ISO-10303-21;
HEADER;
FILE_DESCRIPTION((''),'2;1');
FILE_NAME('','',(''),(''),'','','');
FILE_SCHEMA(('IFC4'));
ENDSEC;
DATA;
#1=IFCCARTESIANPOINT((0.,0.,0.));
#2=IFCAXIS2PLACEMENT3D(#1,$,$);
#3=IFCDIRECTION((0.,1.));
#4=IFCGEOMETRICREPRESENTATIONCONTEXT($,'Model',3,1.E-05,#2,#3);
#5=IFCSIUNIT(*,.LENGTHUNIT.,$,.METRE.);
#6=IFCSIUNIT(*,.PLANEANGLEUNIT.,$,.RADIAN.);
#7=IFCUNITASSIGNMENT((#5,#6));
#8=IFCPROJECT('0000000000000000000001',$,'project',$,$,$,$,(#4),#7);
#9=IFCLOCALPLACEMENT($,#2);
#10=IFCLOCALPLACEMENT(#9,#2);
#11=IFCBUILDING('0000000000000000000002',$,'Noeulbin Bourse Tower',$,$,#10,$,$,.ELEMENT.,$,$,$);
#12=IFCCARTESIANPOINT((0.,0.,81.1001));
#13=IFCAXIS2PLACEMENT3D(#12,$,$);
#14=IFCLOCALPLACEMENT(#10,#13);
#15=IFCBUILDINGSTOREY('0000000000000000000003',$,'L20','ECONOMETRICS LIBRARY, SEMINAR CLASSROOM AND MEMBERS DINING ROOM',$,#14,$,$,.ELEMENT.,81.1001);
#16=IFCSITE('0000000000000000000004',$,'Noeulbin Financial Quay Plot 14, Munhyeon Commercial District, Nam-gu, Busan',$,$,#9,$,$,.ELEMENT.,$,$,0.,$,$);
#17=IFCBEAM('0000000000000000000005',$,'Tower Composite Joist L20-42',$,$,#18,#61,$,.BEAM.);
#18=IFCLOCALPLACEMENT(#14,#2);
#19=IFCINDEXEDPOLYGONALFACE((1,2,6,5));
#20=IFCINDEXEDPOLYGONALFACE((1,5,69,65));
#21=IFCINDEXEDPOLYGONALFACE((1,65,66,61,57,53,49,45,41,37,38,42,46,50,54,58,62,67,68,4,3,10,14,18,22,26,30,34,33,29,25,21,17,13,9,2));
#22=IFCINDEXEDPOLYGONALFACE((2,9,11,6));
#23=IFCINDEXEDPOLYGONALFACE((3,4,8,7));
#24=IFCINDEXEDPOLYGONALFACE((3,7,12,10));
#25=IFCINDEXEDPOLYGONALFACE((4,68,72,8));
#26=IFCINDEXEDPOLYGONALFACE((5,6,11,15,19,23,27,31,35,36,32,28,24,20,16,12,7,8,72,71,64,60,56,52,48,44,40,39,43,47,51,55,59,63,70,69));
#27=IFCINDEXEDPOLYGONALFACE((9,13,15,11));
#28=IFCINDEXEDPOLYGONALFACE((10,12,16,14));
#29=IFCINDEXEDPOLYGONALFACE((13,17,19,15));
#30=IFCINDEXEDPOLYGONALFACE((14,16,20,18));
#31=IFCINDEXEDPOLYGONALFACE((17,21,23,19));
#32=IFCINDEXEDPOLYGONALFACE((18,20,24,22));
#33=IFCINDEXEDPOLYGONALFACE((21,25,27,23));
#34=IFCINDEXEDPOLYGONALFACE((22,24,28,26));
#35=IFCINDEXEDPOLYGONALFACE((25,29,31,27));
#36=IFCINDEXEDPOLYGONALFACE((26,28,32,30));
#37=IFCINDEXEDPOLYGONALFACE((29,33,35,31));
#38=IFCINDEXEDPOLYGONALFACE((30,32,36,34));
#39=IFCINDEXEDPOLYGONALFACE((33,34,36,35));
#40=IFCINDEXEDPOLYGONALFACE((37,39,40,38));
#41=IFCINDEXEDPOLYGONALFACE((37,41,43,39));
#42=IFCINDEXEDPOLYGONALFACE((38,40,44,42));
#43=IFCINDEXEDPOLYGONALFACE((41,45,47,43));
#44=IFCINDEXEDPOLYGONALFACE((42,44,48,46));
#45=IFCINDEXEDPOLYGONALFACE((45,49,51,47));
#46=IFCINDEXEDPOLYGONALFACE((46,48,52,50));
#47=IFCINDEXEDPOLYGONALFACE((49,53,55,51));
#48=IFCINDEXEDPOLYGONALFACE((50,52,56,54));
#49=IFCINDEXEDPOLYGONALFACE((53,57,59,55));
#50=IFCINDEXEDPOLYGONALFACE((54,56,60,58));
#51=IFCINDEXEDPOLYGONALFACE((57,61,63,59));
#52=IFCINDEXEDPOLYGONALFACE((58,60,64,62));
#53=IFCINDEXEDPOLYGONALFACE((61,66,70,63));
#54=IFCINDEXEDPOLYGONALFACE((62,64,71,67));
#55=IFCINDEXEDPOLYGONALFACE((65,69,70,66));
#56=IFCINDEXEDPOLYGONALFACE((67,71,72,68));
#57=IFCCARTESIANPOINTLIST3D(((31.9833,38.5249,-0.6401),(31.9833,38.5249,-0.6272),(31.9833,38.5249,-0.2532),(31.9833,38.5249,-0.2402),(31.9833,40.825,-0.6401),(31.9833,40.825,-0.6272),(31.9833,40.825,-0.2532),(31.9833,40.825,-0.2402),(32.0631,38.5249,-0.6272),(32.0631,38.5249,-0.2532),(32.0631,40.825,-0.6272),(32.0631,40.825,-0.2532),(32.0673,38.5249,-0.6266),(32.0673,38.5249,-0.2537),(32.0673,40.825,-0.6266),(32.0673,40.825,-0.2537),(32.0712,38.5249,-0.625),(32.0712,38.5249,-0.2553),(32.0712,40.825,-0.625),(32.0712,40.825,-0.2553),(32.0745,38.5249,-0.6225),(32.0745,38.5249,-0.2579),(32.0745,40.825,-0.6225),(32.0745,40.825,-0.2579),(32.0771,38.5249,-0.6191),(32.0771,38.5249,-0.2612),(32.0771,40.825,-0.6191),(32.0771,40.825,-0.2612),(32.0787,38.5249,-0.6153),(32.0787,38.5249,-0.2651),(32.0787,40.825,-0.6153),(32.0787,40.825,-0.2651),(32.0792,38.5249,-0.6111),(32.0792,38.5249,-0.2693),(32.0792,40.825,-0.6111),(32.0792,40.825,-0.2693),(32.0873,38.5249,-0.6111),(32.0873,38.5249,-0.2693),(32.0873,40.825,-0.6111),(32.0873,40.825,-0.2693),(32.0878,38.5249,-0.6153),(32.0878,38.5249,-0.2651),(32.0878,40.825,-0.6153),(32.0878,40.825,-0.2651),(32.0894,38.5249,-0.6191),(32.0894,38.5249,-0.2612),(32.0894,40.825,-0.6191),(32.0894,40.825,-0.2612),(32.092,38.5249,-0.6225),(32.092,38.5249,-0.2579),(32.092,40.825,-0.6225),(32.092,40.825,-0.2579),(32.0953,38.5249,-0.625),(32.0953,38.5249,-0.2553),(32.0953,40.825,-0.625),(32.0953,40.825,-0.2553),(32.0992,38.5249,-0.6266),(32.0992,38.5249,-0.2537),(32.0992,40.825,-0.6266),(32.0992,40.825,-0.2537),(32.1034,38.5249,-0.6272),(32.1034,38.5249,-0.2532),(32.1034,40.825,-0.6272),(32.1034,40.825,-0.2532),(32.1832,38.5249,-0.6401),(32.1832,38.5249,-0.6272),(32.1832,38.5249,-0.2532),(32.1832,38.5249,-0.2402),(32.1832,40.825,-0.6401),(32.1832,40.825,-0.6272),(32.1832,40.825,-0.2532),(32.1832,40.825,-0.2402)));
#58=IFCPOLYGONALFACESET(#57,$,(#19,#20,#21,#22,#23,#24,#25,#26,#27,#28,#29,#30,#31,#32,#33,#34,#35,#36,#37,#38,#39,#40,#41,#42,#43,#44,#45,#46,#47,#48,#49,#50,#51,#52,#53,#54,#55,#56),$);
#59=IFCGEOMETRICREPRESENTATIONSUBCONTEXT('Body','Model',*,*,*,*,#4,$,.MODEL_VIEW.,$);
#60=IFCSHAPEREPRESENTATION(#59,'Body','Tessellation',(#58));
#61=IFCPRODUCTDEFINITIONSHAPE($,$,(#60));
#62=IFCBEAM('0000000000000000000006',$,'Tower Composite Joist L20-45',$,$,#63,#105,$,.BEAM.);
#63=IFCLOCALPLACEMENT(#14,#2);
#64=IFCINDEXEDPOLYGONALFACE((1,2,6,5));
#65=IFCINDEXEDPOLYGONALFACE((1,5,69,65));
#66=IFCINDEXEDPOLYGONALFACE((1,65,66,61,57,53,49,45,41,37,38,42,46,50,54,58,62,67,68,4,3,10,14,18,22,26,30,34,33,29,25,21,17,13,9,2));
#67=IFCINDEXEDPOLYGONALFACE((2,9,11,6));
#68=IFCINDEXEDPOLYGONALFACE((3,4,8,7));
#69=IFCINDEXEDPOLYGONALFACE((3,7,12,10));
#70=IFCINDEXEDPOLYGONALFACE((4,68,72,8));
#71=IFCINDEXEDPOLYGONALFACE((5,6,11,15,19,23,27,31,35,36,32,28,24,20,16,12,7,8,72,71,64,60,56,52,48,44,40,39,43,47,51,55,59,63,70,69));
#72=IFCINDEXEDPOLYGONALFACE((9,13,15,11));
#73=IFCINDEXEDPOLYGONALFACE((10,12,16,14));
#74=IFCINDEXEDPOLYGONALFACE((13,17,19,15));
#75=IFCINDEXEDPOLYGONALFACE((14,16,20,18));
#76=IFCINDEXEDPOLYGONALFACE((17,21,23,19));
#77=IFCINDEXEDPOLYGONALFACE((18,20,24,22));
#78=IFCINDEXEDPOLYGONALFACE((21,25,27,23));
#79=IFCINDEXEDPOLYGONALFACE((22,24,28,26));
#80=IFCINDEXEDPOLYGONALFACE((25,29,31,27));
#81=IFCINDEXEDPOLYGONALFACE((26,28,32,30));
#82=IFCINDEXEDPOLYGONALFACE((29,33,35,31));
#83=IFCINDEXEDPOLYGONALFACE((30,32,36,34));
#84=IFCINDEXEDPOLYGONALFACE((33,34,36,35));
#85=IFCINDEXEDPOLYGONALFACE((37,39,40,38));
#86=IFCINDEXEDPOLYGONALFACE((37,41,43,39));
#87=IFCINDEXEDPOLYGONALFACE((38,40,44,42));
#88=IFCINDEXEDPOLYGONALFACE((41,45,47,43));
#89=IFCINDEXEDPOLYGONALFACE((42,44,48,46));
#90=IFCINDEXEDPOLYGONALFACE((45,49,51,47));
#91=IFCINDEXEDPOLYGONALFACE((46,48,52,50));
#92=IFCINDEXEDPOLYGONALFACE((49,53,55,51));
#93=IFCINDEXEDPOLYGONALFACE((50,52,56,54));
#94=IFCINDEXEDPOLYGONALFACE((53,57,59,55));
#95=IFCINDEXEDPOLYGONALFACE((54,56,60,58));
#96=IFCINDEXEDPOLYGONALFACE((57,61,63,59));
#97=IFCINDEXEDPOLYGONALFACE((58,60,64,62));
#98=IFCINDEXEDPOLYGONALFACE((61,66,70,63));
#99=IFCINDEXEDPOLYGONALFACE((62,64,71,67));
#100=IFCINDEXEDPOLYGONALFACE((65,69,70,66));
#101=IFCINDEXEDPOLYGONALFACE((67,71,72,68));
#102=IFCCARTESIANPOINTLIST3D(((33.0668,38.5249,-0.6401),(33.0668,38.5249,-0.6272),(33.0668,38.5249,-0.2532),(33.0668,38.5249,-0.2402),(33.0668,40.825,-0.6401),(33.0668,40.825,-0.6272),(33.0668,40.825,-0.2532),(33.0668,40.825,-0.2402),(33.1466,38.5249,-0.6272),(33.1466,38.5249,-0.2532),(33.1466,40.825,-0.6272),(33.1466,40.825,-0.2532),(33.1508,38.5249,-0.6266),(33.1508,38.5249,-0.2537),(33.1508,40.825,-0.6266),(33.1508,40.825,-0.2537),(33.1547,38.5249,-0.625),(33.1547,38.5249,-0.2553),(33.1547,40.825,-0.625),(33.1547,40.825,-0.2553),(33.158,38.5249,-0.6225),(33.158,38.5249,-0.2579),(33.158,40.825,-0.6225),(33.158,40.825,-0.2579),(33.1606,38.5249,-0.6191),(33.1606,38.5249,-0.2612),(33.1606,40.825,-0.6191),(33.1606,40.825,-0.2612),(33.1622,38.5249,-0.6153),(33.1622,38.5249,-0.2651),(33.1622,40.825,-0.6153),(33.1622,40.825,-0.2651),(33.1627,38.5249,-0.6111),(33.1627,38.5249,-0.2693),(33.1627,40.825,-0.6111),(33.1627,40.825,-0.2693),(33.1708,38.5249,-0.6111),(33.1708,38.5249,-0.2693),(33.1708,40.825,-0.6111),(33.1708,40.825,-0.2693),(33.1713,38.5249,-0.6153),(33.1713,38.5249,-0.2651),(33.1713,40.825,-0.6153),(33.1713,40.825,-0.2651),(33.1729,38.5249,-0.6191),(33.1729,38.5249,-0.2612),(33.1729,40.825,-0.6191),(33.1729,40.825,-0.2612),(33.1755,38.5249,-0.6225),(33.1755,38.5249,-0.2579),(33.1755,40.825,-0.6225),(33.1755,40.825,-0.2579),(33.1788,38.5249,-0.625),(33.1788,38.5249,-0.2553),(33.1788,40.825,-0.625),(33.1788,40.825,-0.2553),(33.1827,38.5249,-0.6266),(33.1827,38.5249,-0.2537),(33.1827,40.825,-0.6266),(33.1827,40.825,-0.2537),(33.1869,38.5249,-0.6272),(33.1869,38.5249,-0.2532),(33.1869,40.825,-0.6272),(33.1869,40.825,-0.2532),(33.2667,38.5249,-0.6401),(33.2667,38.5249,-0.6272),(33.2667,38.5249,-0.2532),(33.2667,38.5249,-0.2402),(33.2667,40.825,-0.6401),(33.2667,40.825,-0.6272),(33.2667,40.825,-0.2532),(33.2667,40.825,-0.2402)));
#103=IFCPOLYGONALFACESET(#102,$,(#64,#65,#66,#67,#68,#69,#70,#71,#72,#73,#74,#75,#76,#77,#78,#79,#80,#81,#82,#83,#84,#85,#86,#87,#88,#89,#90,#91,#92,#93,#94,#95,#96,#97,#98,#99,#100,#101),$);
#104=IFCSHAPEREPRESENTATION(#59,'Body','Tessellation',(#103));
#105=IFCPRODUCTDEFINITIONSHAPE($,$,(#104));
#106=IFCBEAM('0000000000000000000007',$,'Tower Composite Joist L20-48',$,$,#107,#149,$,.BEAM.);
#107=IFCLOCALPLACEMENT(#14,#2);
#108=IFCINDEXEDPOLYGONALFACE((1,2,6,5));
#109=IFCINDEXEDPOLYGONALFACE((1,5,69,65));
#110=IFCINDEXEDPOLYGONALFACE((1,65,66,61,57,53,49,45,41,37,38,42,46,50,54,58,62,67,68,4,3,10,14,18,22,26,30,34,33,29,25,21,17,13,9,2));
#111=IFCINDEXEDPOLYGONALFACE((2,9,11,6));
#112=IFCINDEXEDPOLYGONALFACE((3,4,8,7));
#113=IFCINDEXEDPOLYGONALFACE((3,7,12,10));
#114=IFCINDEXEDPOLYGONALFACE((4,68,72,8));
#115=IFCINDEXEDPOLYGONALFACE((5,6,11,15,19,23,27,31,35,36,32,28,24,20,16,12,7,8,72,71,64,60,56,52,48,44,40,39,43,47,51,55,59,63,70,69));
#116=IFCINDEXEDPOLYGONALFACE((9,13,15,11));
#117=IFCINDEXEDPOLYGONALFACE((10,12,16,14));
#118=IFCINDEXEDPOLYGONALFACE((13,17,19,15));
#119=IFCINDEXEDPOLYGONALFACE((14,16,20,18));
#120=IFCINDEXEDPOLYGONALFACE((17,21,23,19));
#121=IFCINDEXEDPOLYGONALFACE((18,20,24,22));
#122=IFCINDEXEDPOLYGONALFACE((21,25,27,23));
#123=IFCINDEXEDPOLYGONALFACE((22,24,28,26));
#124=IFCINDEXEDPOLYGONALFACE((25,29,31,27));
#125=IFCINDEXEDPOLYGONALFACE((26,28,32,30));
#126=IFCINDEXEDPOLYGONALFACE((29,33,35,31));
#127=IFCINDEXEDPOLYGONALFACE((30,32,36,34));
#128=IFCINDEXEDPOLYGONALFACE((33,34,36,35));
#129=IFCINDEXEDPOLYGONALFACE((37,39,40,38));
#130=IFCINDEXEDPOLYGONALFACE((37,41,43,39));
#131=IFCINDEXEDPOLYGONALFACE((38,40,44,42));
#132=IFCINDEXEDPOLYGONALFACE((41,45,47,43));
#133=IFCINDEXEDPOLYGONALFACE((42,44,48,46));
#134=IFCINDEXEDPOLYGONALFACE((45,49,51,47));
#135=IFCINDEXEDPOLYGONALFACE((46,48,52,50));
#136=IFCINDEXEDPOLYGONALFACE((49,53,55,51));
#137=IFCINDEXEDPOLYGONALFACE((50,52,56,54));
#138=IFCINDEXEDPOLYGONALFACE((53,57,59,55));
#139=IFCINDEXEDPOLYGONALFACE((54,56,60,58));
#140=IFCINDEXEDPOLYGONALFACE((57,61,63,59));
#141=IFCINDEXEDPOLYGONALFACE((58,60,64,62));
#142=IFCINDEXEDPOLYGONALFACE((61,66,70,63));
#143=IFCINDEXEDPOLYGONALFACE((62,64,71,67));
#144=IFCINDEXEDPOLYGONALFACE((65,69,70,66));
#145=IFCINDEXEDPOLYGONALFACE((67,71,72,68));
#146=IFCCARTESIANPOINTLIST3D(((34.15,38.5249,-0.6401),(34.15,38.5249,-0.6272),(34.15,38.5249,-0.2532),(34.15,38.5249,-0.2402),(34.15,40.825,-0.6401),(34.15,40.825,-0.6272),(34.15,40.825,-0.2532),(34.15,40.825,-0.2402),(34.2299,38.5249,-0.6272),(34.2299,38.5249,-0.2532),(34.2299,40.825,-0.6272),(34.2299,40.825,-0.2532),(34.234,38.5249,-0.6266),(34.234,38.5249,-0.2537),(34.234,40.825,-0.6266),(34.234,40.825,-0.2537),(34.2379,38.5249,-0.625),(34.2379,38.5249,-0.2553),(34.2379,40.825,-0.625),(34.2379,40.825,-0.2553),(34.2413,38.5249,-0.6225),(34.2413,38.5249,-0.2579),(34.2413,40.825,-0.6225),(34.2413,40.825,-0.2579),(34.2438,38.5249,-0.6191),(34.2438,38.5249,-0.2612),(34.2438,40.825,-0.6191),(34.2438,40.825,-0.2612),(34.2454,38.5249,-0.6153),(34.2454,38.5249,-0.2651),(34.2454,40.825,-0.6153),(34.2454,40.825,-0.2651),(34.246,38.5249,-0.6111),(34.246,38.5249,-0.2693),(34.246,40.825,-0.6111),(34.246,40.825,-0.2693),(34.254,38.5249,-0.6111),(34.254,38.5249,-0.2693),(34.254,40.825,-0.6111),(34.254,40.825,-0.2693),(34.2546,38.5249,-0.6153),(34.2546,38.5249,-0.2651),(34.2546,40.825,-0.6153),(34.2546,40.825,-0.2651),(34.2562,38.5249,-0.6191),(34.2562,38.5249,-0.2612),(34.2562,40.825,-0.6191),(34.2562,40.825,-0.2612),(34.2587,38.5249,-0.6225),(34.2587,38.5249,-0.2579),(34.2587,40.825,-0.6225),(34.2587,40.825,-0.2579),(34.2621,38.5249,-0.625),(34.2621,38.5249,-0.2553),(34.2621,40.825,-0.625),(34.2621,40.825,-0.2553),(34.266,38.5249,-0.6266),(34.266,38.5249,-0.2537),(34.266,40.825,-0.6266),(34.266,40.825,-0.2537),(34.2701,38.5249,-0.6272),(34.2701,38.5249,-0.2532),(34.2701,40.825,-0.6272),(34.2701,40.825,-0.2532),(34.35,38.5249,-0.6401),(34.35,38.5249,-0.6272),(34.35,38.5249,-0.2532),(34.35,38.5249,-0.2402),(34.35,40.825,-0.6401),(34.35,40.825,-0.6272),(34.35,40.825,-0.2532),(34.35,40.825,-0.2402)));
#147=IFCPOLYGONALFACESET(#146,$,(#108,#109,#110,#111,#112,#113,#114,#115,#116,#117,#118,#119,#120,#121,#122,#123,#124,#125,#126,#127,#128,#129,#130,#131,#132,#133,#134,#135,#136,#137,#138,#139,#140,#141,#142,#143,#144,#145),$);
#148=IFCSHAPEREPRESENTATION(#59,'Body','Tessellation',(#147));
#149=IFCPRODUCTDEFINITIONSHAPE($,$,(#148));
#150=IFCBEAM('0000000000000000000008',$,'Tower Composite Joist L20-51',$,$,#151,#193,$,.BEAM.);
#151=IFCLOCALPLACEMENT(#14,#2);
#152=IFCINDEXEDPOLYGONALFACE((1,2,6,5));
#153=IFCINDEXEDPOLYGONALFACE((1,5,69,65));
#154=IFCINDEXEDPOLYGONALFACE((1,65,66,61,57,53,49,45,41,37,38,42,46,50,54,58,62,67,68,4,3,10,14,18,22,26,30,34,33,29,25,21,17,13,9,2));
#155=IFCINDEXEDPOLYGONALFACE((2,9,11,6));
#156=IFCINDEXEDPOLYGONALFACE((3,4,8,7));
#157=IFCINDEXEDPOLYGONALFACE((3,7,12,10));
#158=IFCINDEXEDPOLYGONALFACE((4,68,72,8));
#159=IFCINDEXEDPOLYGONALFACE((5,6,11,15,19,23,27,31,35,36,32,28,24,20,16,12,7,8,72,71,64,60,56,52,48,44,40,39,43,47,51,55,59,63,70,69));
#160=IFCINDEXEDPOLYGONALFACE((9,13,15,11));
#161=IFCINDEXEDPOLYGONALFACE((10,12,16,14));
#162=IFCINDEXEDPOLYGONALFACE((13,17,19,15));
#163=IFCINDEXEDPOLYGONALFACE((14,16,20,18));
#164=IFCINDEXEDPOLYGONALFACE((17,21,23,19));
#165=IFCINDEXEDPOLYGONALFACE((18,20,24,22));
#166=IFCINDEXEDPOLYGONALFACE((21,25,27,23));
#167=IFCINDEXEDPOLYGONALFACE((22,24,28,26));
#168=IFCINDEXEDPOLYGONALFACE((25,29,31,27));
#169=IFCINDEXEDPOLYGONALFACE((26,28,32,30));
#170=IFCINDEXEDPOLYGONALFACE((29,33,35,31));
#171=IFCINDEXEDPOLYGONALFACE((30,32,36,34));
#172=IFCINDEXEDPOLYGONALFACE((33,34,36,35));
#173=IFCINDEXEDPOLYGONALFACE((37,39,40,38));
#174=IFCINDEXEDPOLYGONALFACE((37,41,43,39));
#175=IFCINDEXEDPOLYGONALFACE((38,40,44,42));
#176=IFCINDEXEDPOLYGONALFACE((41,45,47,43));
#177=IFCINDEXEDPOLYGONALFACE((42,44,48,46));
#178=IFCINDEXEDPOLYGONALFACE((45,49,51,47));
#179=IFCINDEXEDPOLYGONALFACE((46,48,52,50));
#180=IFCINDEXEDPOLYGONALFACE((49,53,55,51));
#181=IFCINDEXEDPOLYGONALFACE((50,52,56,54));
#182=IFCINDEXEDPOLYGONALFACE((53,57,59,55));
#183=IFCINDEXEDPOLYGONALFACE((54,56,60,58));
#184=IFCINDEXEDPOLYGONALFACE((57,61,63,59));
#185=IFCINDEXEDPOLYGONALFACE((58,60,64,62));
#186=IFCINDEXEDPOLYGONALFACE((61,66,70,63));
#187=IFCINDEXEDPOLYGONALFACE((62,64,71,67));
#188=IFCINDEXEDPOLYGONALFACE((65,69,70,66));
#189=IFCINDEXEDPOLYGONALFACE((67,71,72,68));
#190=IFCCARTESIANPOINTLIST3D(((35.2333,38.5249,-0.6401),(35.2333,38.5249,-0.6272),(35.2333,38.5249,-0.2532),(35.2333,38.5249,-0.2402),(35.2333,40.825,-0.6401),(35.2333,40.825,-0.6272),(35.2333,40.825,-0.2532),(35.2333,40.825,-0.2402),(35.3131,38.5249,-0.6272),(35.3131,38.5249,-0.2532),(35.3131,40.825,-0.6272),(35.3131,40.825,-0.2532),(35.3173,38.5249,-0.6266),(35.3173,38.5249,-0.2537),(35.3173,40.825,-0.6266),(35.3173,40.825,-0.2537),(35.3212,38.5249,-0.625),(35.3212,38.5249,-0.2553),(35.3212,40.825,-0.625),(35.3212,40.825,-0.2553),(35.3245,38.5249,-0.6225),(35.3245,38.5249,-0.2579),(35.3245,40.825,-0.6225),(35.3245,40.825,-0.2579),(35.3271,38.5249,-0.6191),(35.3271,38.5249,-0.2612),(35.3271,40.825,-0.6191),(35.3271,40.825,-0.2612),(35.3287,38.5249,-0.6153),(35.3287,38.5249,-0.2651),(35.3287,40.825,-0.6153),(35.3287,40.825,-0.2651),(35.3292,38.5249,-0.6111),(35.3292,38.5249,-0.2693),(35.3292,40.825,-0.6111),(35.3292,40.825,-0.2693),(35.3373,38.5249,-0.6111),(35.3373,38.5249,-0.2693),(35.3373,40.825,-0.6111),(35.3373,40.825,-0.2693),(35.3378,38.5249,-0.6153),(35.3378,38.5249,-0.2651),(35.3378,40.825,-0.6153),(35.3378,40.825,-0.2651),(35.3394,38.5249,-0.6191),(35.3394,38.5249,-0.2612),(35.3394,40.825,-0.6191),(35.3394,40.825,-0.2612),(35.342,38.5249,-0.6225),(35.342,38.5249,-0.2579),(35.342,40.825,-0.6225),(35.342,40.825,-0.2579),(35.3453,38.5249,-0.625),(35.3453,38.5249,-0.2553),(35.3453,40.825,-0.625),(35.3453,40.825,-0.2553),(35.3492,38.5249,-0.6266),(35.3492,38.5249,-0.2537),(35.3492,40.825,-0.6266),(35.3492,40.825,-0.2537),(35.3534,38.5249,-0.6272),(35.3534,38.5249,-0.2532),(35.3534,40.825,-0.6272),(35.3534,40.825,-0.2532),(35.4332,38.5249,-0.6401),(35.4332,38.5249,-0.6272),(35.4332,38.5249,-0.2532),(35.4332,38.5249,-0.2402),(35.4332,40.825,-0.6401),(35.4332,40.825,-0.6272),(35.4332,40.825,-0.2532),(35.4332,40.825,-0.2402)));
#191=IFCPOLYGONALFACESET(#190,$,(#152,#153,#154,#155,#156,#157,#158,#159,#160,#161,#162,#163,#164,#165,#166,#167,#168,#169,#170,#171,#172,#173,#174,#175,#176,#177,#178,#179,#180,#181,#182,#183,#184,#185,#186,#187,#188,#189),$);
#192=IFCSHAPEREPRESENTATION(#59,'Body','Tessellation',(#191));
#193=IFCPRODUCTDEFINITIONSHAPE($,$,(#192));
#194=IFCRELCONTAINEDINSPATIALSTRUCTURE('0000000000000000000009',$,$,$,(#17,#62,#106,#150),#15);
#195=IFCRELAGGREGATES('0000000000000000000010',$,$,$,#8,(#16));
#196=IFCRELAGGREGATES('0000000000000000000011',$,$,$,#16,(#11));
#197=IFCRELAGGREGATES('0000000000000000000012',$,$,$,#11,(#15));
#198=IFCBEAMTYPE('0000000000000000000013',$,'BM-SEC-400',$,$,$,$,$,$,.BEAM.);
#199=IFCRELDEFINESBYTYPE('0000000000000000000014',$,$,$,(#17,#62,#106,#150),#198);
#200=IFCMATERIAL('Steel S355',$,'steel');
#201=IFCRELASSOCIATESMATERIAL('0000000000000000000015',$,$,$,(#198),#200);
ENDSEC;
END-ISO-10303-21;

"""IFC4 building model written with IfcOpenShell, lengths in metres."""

from ifc_helpers import new_model, si_unit, direction, frame, origin, origin_2d, place, context, subcontext, project, spatial, i_section, extrude, material, material_profile, profile_set, type_object, element, save


model = new_model("IFC4")

# Units and contexts
model_context = context("Model", 3, precision=1e-05, world=origin(), true_north=direction((0.0, 1.0)))
body_context = subcontext(model_context, "Body", "Model", "MODEL_VIEW")
ifc_project = project(units=[si_unit("LENGTHUNIT", "METRE"), si_unit("PLANEANGLEUNIT", "RADIAN")], contexts=[model_context])

# Site, building, storey
site_placement = place(None, origin())
site = spatial("IfcSite", under=ifc_project, at=site_placement, Name="Noeulbin Financial Quay Plot 14, Munhyeon Commercial District, Nam-gu, Busan", CompositionType="ELEMENT", RefElevation=0.0)
building_placement = place(site_placement, origin())
building = spatial("IfcBuilding", under=site, at=building_placement, Name="Noeulbin Bourse Tower", CompositionType="ELEMENT")
storey_placement = place(building_placement, frame((0.0, 0.0, 81.1001)))
storey = spatial("IfcBuildingStorey", under=building, at=storey_placement, Name="L20", Description="ECONOMETRICS LIBRARY, SEMINAR CLASSROOM AND MEMBERS DINING ROOM", CompositionType="ELEMENT", Elevation=81.1001)

# Beams
ifc_material_1 = material(Name="Steel S355", Category="steel")
ifc_material_profile_1 = material_profile(ifc_material_1, i_section(OverallWidth=0.2, OverallDepth=0.3999, WebThickness=0.0081, FlangeThickness=0.0129, FilletRadius=0.0161, at=origin_2d()), Name="H-400x200x8x13", Category="LoadBearing")
ifc_profile_set_1 = profile_set([ifc_material_profile_1], Name="Steel S355")
beam_type_1 = type_object("IfcBeamType", Name="BM-SEC-400", PredefinedType="BEAM", material=ifc_profile_set_1)
for number, where, z_axis, x_axis, name in (
    (1, (32.0833, 38.5249, -0.4402), (0.0, 1.0, 0.0), (-1.0, 0.0, 0.0), "Tower Composite Joist L20-42"),
    (2, (33.1667, 38.5249, -0.4402), (0.0, 1.0, 0.0), (-1.0, 0.0, 0.0), "Tower Composite Joist L20-45"),
    (3, (34.25, 38.5249, -0.4402), (0.0, 1.0, 0.0), (-1.0, 0.0, 0.0), "Tower Composite Joist L20-48"),
    (4, (35.3333, 38.5249, -0.4402), (0.0, 1.0, 0.0), (-1.0, 0.0, 0.0), "Tower Composite Joist L20-51"),
):
    element("IfcBeam", number, at=place(storey_placement, frame(where, z_axis=z_axis, x_axis=x_axis)), inside=storey, type_object=beam_type_1, Name=name, PredefinedType="BEAM", context=body_context, shape_type="SweptSolid", body=[
        extrude(i_section(OverallWidth=0.2, OverallDepth=0.3999, WebThickness=0.0081, FlangeThickness=0.0129, FilletRadius=0.0161, at=origin_2d()), origin(), (0.0, 0.0, 1.0), 2.3),
    ])

save(model, "model.ifc")
